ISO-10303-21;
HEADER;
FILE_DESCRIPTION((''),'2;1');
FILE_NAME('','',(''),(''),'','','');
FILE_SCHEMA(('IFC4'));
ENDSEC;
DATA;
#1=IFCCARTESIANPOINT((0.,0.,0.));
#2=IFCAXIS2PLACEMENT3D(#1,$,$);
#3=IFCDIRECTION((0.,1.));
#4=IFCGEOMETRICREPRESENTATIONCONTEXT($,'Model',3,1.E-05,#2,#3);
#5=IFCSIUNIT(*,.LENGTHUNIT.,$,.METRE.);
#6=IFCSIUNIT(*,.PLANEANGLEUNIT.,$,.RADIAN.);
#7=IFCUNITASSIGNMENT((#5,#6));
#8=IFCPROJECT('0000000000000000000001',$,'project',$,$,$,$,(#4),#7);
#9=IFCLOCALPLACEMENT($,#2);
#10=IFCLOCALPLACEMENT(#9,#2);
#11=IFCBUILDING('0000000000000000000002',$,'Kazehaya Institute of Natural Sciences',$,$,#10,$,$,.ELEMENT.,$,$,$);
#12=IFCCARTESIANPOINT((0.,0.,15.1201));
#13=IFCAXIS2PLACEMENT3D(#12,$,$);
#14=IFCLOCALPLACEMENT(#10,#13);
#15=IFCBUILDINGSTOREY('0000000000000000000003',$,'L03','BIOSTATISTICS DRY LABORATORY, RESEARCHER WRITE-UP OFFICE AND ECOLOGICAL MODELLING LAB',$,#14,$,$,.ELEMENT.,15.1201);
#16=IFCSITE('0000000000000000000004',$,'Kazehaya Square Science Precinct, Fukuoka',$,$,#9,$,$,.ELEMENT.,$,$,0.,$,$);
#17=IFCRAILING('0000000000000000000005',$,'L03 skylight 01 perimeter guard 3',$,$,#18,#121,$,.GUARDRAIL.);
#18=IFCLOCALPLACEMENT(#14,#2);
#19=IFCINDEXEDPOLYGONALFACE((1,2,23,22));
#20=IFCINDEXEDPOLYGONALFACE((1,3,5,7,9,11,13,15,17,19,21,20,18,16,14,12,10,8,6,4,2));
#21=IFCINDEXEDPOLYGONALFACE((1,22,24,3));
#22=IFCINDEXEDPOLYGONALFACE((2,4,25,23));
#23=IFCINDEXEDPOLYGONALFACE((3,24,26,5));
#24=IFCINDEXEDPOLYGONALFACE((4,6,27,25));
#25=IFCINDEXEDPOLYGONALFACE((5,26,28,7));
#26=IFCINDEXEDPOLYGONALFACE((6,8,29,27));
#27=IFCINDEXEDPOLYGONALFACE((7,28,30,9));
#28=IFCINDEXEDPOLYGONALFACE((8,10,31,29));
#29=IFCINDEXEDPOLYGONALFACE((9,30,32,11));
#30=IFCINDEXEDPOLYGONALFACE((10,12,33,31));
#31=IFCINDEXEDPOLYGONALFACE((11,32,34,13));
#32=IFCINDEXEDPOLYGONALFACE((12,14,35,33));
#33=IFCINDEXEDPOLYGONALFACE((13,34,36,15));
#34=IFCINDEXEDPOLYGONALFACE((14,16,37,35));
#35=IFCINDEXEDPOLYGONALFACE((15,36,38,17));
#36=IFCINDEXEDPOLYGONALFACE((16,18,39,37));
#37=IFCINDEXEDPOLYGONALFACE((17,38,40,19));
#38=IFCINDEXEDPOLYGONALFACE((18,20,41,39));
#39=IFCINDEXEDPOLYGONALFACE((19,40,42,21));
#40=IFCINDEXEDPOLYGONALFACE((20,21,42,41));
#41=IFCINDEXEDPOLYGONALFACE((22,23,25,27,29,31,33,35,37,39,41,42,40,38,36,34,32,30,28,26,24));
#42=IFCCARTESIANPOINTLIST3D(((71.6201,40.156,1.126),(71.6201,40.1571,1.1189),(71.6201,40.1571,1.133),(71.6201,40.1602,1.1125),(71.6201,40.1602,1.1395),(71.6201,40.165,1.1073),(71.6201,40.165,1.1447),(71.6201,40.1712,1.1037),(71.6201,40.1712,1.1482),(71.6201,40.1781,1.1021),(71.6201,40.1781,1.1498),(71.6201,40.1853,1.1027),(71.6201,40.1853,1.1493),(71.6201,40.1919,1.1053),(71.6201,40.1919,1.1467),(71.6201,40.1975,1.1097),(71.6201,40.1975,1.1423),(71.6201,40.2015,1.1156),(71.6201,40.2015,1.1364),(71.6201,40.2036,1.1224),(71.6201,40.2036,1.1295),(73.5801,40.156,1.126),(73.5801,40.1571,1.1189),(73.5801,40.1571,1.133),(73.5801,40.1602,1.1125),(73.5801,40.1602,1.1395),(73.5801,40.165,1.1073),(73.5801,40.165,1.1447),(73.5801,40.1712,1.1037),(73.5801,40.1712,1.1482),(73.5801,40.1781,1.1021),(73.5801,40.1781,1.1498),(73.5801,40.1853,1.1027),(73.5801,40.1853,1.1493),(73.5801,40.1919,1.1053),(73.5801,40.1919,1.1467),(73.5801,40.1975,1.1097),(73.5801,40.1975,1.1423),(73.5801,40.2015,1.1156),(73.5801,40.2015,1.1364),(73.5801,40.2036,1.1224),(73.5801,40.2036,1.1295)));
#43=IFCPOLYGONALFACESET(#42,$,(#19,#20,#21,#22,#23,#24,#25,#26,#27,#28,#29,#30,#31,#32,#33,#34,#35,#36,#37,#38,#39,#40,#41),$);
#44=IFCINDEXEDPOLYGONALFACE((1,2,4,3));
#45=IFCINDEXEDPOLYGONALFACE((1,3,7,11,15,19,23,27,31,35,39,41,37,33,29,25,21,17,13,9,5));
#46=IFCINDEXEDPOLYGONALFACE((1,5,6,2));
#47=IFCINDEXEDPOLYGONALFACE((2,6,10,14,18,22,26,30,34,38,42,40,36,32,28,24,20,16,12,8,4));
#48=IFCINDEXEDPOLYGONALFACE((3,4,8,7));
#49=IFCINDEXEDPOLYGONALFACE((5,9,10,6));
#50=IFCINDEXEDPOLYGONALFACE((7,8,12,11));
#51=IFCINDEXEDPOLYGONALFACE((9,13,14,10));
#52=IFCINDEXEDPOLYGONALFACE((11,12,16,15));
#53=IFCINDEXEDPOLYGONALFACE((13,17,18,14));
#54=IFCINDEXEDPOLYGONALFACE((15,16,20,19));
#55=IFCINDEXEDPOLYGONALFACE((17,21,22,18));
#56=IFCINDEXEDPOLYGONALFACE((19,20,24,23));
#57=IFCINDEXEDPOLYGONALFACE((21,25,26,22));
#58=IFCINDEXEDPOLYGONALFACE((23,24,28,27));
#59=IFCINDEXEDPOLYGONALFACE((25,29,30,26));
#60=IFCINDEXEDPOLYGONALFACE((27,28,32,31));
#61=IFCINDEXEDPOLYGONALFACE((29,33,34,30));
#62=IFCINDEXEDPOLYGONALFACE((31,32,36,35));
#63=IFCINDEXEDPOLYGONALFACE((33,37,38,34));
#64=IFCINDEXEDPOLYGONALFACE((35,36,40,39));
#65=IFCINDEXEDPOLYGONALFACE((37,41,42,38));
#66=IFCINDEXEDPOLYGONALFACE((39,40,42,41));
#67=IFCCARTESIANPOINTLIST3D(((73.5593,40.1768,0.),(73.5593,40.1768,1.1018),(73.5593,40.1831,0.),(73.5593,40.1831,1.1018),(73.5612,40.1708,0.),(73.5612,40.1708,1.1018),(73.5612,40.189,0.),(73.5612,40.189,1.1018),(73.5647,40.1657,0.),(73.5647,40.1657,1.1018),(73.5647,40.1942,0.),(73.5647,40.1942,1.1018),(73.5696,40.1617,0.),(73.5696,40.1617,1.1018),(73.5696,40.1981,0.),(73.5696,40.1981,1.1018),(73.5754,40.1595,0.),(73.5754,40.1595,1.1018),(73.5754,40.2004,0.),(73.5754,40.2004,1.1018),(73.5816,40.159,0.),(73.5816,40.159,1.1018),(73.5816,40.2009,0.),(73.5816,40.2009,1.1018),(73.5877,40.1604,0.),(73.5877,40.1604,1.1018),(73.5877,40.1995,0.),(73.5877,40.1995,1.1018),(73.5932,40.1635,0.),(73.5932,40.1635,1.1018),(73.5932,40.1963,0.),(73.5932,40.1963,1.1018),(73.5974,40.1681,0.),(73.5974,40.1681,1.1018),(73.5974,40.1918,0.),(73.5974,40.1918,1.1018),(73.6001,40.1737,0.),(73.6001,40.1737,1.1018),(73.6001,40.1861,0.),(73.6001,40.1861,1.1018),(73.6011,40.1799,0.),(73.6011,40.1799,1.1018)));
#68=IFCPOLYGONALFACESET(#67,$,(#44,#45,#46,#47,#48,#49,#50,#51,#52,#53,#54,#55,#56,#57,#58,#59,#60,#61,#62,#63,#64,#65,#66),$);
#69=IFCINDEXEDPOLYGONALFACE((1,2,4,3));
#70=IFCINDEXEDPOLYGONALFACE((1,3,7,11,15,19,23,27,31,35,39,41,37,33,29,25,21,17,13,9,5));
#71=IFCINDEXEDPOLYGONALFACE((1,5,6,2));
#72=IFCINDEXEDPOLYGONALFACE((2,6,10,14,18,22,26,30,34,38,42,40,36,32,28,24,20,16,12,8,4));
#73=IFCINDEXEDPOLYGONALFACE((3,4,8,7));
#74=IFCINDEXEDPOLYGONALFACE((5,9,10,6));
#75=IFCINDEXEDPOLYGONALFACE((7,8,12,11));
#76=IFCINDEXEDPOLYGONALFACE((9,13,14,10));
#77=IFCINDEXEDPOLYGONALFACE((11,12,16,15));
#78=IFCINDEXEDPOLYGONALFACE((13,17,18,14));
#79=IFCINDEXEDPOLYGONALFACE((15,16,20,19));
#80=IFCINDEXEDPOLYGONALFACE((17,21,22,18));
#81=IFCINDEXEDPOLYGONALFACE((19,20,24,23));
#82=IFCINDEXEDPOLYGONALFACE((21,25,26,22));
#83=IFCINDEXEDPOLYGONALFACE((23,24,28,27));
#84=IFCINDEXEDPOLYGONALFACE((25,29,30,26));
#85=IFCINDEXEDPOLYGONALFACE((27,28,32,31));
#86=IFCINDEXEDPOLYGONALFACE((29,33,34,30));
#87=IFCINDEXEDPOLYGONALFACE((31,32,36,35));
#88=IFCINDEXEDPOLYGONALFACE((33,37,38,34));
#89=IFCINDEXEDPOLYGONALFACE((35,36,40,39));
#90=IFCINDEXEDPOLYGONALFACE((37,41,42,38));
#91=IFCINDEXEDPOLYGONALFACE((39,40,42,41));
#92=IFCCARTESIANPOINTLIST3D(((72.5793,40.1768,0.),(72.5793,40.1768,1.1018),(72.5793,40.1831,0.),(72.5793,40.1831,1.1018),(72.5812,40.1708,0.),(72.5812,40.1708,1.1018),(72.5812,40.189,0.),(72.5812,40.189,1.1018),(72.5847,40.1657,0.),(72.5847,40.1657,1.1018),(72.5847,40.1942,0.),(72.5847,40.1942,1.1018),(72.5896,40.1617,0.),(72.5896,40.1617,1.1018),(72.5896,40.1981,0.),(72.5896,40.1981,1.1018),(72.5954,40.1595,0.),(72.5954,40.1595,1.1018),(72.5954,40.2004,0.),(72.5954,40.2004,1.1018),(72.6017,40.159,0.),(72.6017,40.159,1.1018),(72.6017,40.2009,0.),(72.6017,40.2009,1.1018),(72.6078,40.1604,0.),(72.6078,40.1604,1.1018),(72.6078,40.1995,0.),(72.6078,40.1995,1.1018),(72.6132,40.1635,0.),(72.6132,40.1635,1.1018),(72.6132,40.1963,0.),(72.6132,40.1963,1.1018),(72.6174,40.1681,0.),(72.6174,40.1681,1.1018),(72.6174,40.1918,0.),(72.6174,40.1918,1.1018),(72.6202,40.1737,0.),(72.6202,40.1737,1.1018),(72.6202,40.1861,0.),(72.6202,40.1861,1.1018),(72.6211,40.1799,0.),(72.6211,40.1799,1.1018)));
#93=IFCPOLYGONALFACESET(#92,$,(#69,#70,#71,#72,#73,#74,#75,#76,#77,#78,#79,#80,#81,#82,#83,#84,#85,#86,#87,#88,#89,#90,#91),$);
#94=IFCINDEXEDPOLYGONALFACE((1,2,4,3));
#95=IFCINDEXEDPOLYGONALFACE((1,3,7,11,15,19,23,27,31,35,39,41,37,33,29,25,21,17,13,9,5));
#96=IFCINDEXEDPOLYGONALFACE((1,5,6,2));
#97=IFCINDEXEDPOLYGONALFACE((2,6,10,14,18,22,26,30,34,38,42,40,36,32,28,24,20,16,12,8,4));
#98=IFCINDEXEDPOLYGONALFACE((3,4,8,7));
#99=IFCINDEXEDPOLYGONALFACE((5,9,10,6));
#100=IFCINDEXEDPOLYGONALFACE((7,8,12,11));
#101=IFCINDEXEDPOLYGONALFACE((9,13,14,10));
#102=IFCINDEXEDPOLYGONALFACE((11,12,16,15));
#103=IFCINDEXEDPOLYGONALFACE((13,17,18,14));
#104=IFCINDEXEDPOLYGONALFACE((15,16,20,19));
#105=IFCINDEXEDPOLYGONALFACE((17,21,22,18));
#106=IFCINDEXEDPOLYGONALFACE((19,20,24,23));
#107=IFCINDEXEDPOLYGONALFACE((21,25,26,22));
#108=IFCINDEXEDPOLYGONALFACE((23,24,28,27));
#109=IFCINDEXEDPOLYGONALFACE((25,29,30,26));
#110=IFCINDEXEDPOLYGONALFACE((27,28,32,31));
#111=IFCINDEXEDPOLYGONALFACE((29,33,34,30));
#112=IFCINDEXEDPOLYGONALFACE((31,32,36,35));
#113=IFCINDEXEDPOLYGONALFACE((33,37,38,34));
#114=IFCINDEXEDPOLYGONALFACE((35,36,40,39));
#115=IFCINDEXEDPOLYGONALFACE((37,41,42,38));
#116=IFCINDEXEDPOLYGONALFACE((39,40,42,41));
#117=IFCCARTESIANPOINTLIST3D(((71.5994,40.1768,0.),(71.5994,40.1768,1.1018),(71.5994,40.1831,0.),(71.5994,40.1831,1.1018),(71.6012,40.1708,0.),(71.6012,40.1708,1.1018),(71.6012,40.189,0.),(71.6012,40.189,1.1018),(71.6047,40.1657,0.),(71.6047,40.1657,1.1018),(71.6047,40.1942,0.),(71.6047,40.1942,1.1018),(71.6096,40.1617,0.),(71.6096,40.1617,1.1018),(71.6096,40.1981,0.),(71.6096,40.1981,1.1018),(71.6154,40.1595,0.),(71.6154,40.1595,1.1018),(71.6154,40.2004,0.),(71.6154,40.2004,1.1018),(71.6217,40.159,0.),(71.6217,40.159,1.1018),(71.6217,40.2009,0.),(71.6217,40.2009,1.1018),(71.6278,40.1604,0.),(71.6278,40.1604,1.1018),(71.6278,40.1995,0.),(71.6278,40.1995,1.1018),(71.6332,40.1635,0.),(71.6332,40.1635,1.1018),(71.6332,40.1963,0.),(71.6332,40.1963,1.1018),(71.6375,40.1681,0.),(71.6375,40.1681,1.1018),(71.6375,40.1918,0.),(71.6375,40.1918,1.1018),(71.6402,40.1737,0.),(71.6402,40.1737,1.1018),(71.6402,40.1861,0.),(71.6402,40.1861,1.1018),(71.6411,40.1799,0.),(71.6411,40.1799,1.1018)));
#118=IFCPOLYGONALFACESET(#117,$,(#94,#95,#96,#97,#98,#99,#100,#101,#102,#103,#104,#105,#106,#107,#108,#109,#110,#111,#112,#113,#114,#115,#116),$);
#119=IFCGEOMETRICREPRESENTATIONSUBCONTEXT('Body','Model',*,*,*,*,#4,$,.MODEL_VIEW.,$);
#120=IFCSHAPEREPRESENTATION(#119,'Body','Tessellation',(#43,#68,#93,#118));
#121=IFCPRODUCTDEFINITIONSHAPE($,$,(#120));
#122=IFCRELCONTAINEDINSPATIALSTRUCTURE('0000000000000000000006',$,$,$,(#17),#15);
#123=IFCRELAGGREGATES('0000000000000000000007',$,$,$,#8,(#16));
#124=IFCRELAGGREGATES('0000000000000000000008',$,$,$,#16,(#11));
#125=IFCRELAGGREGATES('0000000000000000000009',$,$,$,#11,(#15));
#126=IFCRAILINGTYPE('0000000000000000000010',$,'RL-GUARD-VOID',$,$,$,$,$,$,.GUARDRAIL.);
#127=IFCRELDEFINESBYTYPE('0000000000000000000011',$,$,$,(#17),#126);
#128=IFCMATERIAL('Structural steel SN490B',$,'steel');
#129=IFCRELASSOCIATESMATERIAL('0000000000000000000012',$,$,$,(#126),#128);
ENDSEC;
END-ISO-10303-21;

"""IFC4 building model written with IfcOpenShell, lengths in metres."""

from ifc_helpers import new_model, si_unit, direction, frame, origin, origin_2d, place, context, subcontext, project, spatial, circle, extrude, material, type_object, element, save


model = new_model("IFC4")

# Units and contexts
model_context = context("Model", 3, precision=1e-05, world=origin(), true_north=direction((0.0, 1.0)))
body_context = subcontext(model_context, "Body", "Model", "MODEL_VIEW")
ifc_project = project(units=[si_unit("LENGTHUNIT", "METRE"), si_unit("PLANEANGLEUNIT", "RADIAN")], contexts=[model_context])

# Site, building, storey
site_placement = place(None, origin())
site = spatial("IfcSite", under=ifc_project, at=site_placement, Name="Kazehaya Square Science Precinct, Fukuoka", CompositionType="ELEMENT", RefElevation=0.0)
building_placement = place(site_placement, origin())
building = spatial("IfcBuilding", under=site, at=building_placement, Name="Kazehaya Institute of Natural Sciences", CompositionType="ELEMENT")
storey_placement = place(building_placement, frame((0.0, 0.0, 15.1201)))
storey = spatial("IfcBuildingStorey", under=building, at=storey_placement, Name="L03", Description="BIOSTATISTICS DRY LABORATORY, RESEARCHER WRITE-UP OFFICE AND ECOLOGICAL MODELLING LAB", CompositionType="ELEMENT", Elevation=15.1201)

# Railing
ifc_material_1 = material(Name="Structural steel SN490B", Category="steel")
railing_type = type_object("IfcRailingType", Name="RL-GUARD-VOID", PredefinedType="GUARDRAIL", material=ifc_material_1)
railing_1_placement = place(storey_placement, frame((73.5801, 40.1799, 0.0)))
element("IfcRailing", 1, at=railing_1_placement, inside=storey, type_object=railing_type, Name="L03 skylight 01 perimeter guard 3", PredefinedType="GUARDRAIL", context=body_context, shape_type="SweptSolid", body=[
    extrude(circle(Radius=0.0239, at=origin_2d()), frame((0.0, 0.0, 1.126), z_axis=(-1.0, 0.0, 0.0), x_axis=(0.0, -1.0, 0.0)), (0.0, 0.0, 1.0), 1.96),
    extrude(circle(Radius=0.021, at=origin_2d()), origin(), (0.0, 0.0, 1.0), 1.1018),
    extrude(circle(Radius=0.021, at=origin_2d()), frame((-0.98, 0.0, 0.0)), (0.0, 0.0, 1.0), 1.1018),
    extrude(circle(Radius=0.021, at=origin_2d()), frame((-1.96, 0.0, 0.0)), (0.0, 0.0, 1.0), 1.1018),
])

save(model, "model.ifc")
